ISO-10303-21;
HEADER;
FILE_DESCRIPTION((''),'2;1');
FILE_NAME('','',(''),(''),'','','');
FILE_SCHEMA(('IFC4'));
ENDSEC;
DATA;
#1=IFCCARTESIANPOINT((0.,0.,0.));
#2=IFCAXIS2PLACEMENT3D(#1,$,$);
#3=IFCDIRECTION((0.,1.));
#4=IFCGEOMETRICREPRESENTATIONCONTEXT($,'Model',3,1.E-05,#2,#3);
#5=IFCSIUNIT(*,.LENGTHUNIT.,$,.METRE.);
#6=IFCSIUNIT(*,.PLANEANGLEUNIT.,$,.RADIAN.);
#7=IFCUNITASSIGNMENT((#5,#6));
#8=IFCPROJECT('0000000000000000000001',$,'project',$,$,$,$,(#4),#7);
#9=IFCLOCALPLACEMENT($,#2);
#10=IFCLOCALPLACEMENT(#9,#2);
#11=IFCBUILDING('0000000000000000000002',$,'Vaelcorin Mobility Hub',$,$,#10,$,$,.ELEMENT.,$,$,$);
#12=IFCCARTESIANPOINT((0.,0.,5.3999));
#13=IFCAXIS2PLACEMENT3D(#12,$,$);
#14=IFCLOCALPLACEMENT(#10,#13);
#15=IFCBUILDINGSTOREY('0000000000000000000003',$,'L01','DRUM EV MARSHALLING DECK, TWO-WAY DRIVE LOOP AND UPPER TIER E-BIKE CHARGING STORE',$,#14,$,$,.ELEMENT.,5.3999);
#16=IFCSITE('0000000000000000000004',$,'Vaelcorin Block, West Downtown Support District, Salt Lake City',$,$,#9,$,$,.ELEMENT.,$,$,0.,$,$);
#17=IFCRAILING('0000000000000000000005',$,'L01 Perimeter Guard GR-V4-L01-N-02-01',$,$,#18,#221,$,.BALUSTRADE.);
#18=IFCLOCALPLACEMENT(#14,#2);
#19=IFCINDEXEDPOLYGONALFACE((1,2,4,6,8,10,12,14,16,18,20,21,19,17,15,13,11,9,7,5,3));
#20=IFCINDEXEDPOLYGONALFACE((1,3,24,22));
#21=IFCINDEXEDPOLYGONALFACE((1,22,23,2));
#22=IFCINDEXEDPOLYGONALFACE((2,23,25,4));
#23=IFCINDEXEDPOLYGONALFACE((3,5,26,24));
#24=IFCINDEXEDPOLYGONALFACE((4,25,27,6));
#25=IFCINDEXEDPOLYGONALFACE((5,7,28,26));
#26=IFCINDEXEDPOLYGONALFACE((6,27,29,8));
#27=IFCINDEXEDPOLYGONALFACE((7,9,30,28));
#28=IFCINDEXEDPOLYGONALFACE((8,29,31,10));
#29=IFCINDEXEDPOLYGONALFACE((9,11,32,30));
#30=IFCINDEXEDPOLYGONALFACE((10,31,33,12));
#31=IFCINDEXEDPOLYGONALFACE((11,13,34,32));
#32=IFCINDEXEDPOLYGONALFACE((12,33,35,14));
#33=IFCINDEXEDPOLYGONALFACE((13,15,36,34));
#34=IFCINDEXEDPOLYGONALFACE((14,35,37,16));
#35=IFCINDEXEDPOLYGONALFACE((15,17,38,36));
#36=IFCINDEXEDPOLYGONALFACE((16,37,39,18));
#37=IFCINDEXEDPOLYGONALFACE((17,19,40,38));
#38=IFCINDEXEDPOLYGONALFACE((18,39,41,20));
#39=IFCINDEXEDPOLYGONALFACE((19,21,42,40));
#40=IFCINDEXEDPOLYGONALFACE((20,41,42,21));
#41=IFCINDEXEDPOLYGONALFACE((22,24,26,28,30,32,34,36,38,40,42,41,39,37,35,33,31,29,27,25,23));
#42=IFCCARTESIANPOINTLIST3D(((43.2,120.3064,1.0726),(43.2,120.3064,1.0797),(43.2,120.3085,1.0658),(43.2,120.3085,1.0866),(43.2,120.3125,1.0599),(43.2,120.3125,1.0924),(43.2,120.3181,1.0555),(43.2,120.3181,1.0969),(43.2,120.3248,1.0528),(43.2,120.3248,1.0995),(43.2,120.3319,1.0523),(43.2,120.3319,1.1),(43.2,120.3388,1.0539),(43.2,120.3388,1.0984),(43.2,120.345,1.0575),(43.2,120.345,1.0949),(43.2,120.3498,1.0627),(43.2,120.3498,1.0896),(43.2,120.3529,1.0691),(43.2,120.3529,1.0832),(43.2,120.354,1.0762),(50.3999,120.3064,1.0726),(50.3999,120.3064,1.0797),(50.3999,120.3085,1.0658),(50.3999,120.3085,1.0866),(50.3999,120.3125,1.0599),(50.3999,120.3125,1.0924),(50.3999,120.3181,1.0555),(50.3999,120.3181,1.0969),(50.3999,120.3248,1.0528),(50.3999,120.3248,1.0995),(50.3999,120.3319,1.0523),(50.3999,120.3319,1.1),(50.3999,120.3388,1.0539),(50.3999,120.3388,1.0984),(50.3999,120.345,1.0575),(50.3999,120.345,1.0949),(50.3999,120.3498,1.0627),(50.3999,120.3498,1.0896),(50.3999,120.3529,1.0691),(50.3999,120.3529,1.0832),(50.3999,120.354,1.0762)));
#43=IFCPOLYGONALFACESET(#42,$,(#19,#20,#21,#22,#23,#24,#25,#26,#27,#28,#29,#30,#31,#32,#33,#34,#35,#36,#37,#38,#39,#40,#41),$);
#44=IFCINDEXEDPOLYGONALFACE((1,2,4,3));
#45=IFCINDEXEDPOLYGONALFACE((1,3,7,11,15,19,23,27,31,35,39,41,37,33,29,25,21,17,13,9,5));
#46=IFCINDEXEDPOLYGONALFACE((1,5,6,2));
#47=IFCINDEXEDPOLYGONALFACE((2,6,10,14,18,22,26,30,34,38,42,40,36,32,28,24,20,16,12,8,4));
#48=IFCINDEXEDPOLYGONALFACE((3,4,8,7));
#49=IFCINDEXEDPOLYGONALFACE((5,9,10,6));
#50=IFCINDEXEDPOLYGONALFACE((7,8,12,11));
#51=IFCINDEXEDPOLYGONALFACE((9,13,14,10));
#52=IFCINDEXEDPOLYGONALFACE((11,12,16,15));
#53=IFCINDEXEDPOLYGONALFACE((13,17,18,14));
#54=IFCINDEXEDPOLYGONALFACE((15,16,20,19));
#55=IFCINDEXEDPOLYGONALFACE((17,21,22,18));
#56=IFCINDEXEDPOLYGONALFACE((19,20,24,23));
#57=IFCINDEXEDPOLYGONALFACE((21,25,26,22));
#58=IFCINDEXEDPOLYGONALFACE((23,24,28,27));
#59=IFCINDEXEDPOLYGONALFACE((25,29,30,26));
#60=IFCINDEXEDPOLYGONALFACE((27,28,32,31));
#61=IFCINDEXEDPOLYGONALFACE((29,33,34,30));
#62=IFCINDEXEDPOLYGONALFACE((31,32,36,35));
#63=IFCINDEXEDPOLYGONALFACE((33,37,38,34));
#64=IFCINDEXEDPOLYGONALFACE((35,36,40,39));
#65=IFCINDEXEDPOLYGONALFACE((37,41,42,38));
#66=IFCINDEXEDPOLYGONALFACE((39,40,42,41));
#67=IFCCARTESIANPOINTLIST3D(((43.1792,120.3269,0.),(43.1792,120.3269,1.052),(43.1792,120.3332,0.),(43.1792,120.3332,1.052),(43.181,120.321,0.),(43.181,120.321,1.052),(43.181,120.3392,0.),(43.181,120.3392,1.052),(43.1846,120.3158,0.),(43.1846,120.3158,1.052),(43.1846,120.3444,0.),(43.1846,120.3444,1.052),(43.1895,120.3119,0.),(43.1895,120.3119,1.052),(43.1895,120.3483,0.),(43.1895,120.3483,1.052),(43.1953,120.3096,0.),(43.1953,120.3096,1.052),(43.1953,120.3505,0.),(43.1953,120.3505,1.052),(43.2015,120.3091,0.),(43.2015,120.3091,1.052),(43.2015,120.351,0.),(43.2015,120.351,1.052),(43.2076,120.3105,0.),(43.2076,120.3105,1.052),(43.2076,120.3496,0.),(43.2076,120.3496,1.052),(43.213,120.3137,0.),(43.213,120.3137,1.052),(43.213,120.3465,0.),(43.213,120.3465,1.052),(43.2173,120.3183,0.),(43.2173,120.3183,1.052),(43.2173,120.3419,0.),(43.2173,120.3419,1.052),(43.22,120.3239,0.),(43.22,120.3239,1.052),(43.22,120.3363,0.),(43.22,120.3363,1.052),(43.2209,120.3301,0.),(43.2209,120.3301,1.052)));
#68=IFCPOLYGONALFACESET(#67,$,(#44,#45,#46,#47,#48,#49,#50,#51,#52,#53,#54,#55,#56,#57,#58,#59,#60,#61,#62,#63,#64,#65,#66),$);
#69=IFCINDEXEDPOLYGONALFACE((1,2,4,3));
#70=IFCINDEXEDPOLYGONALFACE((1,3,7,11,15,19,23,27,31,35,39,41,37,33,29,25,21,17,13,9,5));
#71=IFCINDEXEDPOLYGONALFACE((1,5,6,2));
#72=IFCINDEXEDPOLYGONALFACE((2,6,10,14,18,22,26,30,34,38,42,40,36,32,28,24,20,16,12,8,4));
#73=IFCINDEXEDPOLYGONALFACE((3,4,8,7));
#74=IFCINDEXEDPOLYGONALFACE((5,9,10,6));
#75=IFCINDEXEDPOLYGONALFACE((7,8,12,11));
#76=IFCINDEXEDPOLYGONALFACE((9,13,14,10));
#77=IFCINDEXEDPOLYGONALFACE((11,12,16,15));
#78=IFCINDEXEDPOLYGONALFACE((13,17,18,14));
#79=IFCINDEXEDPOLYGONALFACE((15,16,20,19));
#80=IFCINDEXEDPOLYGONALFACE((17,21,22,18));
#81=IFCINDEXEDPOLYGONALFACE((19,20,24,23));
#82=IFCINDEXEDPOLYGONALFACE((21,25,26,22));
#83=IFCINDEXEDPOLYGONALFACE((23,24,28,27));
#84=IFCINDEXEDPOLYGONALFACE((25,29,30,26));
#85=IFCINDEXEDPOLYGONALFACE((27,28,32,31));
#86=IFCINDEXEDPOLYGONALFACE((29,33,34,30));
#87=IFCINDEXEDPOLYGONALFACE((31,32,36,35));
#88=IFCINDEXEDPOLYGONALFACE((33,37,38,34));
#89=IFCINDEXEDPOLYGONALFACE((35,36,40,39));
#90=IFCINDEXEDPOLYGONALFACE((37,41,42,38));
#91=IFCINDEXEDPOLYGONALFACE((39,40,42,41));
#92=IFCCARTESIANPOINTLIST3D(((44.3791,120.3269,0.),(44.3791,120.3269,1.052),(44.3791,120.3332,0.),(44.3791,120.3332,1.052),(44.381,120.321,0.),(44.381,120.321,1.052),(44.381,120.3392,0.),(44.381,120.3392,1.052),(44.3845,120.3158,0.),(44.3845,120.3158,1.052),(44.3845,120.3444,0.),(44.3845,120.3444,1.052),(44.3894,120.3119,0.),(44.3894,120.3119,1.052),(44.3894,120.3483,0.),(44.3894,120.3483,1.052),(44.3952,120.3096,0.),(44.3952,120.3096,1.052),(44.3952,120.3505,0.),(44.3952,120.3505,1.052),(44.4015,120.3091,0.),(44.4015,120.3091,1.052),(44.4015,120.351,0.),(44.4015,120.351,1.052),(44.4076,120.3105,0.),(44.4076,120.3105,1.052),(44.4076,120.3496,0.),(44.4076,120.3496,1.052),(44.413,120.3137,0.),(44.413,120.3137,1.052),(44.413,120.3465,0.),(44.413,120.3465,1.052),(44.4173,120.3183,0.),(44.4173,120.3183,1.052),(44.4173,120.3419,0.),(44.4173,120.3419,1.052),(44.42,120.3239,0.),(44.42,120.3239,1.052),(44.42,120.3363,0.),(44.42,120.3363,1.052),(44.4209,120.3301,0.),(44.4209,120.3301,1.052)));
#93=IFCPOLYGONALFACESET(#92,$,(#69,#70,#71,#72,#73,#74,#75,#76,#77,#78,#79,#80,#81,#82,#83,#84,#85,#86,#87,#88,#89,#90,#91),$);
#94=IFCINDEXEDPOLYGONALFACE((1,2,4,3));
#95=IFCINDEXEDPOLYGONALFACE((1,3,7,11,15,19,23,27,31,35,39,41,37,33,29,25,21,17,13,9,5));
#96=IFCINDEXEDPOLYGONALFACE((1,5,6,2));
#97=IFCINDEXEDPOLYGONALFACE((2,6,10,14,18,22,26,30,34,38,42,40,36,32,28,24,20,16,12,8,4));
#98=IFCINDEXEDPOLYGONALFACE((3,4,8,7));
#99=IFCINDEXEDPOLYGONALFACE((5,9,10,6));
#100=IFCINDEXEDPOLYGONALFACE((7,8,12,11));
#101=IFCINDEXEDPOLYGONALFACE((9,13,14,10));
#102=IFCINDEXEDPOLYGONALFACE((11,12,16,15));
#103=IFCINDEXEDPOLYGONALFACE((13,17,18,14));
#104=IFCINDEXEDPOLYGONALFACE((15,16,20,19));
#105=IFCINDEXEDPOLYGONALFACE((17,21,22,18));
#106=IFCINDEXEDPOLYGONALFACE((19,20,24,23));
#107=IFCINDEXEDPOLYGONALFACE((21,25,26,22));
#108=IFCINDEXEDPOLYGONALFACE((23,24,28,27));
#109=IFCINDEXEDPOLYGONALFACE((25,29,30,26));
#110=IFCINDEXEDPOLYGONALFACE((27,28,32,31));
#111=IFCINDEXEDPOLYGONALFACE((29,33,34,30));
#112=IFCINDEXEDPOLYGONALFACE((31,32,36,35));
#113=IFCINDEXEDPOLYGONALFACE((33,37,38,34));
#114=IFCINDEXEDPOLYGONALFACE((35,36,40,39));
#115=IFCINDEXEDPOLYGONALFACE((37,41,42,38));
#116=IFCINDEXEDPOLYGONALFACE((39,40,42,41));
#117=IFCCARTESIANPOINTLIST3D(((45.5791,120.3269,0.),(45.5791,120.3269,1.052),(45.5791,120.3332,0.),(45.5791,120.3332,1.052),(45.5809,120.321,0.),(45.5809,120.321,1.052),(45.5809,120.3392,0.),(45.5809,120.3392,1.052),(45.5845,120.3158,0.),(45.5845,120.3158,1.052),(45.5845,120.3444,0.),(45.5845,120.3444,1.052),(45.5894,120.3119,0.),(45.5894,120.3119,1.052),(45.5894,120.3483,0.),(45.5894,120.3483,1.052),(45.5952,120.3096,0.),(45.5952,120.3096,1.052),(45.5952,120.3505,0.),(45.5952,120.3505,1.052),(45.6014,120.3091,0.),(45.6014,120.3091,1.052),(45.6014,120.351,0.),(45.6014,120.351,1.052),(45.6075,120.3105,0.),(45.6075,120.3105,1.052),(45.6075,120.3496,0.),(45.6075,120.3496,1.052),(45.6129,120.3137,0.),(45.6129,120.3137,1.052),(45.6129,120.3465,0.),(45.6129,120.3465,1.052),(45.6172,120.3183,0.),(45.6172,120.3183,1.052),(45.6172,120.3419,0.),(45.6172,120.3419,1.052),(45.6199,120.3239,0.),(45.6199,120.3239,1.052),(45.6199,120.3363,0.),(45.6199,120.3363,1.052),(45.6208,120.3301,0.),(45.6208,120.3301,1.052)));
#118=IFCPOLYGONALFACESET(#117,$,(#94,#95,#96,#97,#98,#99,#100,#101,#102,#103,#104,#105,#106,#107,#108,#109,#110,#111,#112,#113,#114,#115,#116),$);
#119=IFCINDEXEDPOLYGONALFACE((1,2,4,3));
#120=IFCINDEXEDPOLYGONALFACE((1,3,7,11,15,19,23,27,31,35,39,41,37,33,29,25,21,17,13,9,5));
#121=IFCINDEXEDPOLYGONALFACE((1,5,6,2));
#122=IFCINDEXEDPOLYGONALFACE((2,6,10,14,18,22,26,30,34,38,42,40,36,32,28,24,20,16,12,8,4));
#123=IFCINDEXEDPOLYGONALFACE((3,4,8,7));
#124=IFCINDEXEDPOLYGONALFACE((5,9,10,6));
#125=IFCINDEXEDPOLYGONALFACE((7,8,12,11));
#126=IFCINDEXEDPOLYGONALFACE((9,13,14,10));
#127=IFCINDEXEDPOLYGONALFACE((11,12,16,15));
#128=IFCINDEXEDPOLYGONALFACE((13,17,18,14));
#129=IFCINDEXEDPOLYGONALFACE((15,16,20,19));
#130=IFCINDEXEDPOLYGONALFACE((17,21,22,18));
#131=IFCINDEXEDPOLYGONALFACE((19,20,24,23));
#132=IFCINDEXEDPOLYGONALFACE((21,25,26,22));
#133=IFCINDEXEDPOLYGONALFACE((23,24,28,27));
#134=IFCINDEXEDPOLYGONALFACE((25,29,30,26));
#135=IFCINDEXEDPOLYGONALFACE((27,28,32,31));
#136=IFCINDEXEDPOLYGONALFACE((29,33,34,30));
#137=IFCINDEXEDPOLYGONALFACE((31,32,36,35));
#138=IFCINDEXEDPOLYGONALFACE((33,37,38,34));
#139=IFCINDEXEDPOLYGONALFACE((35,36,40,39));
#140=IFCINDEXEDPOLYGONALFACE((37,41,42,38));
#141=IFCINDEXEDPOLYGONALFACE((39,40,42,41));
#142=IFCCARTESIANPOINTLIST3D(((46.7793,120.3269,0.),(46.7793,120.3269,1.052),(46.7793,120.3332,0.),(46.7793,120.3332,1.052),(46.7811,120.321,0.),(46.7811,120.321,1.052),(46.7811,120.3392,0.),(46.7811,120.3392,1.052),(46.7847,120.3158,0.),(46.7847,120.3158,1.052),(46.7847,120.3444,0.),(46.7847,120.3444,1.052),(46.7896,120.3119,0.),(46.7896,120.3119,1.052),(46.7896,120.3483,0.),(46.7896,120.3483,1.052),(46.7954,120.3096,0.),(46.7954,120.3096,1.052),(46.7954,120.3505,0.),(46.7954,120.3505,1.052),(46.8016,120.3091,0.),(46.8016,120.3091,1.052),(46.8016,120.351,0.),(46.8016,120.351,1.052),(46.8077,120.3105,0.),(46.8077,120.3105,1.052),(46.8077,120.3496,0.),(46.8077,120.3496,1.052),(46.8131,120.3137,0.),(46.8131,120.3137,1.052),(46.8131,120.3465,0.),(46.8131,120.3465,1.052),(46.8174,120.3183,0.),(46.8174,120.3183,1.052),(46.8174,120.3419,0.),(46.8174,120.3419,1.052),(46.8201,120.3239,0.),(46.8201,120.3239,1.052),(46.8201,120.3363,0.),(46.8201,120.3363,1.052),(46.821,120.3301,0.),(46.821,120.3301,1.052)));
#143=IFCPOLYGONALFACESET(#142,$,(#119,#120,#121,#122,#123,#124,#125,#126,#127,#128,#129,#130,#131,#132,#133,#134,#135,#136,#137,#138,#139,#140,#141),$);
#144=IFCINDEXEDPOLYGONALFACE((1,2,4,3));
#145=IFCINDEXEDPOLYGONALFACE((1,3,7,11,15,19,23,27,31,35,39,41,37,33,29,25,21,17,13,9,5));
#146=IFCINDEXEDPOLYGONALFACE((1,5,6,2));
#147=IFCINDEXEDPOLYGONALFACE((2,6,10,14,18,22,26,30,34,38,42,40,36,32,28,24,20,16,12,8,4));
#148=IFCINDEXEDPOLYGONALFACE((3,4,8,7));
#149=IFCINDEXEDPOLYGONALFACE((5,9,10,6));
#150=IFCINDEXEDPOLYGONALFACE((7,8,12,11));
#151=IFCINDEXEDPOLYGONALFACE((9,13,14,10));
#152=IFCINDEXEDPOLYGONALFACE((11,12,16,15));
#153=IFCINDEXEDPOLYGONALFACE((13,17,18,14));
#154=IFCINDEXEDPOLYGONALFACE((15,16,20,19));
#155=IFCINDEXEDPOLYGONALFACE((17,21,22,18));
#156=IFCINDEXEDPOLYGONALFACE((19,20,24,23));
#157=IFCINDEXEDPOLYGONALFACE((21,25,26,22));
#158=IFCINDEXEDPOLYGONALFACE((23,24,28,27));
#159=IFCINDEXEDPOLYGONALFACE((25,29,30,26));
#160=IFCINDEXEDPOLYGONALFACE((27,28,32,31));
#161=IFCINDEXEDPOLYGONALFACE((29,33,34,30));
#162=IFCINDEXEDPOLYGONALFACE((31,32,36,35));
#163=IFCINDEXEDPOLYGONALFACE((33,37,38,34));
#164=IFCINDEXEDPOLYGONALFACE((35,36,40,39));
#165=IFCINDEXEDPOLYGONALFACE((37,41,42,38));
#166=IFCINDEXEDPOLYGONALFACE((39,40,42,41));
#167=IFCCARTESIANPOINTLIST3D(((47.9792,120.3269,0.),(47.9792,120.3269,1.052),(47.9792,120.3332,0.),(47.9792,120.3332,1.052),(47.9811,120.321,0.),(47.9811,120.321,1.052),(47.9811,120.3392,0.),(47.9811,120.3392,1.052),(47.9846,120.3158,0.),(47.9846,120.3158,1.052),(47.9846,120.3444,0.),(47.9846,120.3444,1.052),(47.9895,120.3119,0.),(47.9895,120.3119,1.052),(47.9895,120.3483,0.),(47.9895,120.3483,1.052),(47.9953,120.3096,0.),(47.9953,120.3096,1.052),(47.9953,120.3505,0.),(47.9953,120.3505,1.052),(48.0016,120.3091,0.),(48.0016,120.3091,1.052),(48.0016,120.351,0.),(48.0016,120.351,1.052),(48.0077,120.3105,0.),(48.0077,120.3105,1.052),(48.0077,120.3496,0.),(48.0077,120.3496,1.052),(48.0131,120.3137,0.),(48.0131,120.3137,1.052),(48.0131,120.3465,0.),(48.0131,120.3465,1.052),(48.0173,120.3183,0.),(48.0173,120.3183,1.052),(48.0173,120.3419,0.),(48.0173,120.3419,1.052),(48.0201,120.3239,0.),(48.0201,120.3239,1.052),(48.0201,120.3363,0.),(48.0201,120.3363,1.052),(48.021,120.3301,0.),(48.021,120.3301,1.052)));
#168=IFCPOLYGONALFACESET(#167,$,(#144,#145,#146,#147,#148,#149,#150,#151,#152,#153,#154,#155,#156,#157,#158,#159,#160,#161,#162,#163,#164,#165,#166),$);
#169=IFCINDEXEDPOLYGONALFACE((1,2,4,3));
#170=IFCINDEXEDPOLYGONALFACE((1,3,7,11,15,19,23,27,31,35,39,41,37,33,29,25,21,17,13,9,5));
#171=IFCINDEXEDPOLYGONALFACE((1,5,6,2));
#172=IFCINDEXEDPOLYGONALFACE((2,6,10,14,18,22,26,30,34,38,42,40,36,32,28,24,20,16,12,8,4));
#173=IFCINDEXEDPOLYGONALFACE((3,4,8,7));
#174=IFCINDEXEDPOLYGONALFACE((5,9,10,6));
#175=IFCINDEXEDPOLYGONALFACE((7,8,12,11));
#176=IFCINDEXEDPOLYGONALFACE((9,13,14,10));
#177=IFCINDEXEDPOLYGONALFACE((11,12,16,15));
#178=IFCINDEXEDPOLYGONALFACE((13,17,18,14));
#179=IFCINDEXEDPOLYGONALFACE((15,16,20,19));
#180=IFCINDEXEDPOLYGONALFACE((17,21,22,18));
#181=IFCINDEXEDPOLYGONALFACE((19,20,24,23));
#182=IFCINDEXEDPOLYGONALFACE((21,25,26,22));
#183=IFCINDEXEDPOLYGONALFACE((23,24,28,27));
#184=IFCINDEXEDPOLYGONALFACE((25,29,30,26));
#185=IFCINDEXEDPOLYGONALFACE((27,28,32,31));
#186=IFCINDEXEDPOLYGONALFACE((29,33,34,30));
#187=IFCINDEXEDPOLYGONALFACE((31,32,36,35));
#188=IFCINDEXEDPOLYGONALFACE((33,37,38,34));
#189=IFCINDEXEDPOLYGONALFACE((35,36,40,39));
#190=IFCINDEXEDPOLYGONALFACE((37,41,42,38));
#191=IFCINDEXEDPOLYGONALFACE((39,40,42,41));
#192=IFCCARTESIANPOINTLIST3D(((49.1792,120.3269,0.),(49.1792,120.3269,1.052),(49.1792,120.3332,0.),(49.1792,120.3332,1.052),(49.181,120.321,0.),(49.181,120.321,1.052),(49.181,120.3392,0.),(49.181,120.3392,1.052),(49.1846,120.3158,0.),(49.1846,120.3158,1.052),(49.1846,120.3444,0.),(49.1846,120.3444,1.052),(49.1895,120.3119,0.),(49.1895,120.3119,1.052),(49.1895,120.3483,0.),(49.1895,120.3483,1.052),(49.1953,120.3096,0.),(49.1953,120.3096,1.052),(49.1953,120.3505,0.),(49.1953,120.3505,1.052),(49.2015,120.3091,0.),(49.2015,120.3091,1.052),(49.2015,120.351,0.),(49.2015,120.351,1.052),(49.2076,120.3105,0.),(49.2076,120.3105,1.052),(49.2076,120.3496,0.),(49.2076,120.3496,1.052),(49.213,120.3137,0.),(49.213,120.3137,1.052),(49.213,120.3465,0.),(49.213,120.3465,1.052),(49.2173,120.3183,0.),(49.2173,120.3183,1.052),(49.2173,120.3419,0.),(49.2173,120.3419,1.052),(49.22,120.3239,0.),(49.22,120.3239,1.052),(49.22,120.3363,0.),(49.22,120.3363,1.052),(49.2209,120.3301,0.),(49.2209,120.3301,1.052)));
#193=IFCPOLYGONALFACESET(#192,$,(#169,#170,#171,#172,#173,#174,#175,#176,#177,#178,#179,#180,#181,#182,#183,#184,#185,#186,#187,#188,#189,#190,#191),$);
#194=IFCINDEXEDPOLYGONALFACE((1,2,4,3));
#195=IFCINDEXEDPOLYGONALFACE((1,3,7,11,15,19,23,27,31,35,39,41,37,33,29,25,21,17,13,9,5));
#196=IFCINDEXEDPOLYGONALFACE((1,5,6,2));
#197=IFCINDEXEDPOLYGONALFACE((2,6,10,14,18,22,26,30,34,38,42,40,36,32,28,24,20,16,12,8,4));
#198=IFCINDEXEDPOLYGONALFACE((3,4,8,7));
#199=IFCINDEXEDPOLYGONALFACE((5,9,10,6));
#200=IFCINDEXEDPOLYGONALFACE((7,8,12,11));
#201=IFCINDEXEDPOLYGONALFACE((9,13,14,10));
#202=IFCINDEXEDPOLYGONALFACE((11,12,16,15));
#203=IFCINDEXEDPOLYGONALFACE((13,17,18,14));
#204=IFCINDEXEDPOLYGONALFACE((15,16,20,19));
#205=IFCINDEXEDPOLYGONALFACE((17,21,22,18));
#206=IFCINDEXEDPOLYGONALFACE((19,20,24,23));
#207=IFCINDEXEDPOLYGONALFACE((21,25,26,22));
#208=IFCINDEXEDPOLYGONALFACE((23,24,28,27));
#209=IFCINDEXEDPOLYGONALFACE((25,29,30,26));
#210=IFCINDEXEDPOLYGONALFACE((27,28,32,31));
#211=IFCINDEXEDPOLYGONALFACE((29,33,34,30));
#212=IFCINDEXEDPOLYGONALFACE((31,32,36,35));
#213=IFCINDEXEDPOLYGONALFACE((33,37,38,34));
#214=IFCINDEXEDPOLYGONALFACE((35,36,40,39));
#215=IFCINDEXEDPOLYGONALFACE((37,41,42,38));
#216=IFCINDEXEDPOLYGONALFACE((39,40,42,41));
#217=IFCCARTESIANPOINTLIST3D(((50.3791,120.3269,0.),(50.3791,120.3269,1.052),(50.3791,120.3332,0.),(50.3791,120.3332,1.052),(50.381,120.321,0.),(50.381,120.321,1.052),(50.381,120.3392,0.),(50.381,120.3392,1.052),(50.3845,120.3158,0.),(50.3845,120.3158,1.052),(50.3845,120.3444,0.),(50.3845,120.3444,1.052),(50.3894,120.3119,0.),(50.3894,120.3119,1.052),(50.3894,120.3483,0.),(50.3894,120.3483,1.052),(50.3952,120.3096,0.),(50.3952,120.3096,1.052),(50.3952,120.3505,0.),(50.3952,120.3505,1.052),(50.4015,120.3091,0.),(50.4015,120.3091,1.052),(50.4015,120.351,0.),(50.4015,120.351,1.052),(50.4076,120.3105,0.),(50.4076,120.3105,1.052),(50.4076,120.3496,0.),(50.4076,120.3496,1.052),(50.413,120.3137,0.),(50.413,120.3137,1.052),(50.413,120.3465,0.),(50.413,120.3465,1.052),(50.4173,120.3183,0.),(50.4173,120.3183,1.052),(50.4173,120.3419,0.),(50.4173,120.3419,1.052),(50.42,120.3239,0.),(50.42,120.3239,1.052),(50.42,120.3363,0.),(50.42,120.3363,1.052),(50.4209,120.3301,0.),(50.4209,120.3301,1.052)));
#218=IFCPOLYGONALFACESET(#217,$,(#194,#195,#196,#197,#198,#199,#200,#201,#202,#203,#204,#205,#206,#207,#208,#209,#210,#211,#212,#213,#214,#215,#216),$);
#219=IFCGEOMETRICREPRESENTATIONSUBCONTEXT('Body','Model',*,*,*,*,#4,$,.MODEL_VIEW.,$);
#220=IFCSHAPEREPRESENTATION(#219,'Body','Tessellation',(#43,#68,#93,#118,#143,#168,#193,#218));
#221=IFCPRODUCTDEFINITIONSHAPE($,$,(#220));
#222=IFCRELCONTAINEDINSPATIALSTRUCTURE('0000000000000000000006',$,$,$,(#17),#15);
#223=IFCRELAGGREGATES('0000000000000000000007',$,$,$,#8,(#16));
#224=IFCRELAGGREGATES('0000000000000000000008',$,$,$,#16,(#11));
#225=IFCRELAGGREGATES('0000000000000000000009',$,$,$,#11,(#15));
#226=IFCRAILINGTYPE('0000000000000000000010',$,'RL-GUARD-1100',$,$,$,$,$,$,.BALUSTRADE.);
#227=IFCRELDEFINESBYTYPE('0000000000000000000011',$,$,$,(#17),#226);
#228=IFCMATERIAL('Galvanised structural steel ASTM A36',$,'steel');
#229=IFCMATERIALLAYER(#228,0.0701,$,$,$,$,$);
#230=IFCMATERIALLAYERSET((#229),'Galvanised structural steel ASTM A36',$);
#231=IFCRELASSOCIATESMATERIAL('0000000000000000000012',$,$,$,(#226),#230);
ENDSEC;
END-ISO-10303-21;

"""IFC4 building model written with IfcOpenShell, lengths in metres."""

from ifc_helpers import new_model, si_unit, direction, frame, origin, origin_2d, place, context, subcontext, project, spatial, circle, extrude, material, layer, layer_set, type_object, element, save


model = new_model("IFC4")

# Units and contexts
model_context = context("Model", 3, precision=1e-05, world=origin(), true_north=direction((0.0, 1.0)))
body_context = subcontext(model_context, "Body", "Model", "MODEL_VIEW")
ifc_project = project(units=[si_unit("LENGTHUNIT", "METRE"), si_unit("PLANEANGLEUNIT", "RADIAN")], contexts=[model_context])

# Site, building, storey
site_placement = place(None, origin())
site = spatial("IfcSite", under=ifc_project, at=site_placement, Name="Vaelcorin Block, West Downtown Support District, Salt Lake City", CompositionType="ELEMENT", RefElevation=0.0)
building_placement = place(site_placement, origin())
building = spatial("IfcBuilding", under=site, at=building_placement, Name="Vaelcorin Mobility Hub", CompositionType="ELEMENT")
storey_placement = place(building_placement, frame((0.0, 0.0, 5.3999)))
storey = spatial("IfcBuildingStorey", under=building, at=storey_placement, Name="L01", Description="DRUM EV MARSHALLING DECK, TWO-WAY DRIVE LOOP AND UPPER TIER E-BIKE CHARGING STORE", CompositionType="ELEMENT", Elevation=5.3999)

# Railing
ifc_material_1 = material(Name="Galvanised structural steel ASTM A36", Category="steel")
ifc_layer_1 = layer(ifc_material_1, 0.0701)
ifc_layer_set_1 = layer_set([ifc_layer_1], Name="Galvanised structural steel ASTM A36")
railing_type_1 = type_object("IfcRailingType", Name="RL-GUARD-1100", PredefinedType="BALUSTRADE", material=ifc_layer_set_1)
railing_1_placement = place(storey_placement, frame((43.2, 120.3301, 0.0)))
element("IfcRailing", 1, at=railing_1_placement, inside=storey, type_object=railing_type_1, Name="L01 Perimeter Guard GR-V4-L01-N-02-01", PredefinedType="BALUSTRADE", context=body_context, shape_type="SweptSolid", body=[
    extrude(circle(Radius=0.0239, at=origin_2d()), frame((0.0, 0.0, 1.0762), z_axis=(1.0, 0.0, 0.0), x_axis=(0.0, 1.0, 0.0)), (0.0, 0.0, 1.0), 7.2),
    extrude(circle(Radius=0.021, at=origin_2d()), origin(), (0.0, 0.0, 1.0), 1.052),
    extrude(circle(Radius=0.021, at=origin_2d()), frame((1.2, 0.0, 0.0)), (0.0, 0.0, 1.0), 1.052),
    extrude(circle(Radius=0.021, at=origin_2d()), frame((2.3999, 0.0, 0.0)), (0.0, 0.0, 1.0), 1.052),
    extrude(circle(Radius=0.021, at=origin_2d()), frame((3.6001, 0.0, 0.0)), (0.0, 0.0, 1.0), 1.052),
    extrude(circle(Radius=0.021, at=origin_2d()), frame((4.8, 0.0, 0.0)), (0.0, 0.0, 1.0), 1.052),
    extrude(circle(Radius=0.021, at=origin_2d()), frame((6.0, 0.0, 0.0)), (0.0, 0.0, 1.0), 1.052),
    extrude(circle(Radius=0.021, at=origin_2d()), frame((7.2, 0.0, 0.0)), (0.0, 0.0, 1.0), 1.052),
])

save(model, "model.ifc")
